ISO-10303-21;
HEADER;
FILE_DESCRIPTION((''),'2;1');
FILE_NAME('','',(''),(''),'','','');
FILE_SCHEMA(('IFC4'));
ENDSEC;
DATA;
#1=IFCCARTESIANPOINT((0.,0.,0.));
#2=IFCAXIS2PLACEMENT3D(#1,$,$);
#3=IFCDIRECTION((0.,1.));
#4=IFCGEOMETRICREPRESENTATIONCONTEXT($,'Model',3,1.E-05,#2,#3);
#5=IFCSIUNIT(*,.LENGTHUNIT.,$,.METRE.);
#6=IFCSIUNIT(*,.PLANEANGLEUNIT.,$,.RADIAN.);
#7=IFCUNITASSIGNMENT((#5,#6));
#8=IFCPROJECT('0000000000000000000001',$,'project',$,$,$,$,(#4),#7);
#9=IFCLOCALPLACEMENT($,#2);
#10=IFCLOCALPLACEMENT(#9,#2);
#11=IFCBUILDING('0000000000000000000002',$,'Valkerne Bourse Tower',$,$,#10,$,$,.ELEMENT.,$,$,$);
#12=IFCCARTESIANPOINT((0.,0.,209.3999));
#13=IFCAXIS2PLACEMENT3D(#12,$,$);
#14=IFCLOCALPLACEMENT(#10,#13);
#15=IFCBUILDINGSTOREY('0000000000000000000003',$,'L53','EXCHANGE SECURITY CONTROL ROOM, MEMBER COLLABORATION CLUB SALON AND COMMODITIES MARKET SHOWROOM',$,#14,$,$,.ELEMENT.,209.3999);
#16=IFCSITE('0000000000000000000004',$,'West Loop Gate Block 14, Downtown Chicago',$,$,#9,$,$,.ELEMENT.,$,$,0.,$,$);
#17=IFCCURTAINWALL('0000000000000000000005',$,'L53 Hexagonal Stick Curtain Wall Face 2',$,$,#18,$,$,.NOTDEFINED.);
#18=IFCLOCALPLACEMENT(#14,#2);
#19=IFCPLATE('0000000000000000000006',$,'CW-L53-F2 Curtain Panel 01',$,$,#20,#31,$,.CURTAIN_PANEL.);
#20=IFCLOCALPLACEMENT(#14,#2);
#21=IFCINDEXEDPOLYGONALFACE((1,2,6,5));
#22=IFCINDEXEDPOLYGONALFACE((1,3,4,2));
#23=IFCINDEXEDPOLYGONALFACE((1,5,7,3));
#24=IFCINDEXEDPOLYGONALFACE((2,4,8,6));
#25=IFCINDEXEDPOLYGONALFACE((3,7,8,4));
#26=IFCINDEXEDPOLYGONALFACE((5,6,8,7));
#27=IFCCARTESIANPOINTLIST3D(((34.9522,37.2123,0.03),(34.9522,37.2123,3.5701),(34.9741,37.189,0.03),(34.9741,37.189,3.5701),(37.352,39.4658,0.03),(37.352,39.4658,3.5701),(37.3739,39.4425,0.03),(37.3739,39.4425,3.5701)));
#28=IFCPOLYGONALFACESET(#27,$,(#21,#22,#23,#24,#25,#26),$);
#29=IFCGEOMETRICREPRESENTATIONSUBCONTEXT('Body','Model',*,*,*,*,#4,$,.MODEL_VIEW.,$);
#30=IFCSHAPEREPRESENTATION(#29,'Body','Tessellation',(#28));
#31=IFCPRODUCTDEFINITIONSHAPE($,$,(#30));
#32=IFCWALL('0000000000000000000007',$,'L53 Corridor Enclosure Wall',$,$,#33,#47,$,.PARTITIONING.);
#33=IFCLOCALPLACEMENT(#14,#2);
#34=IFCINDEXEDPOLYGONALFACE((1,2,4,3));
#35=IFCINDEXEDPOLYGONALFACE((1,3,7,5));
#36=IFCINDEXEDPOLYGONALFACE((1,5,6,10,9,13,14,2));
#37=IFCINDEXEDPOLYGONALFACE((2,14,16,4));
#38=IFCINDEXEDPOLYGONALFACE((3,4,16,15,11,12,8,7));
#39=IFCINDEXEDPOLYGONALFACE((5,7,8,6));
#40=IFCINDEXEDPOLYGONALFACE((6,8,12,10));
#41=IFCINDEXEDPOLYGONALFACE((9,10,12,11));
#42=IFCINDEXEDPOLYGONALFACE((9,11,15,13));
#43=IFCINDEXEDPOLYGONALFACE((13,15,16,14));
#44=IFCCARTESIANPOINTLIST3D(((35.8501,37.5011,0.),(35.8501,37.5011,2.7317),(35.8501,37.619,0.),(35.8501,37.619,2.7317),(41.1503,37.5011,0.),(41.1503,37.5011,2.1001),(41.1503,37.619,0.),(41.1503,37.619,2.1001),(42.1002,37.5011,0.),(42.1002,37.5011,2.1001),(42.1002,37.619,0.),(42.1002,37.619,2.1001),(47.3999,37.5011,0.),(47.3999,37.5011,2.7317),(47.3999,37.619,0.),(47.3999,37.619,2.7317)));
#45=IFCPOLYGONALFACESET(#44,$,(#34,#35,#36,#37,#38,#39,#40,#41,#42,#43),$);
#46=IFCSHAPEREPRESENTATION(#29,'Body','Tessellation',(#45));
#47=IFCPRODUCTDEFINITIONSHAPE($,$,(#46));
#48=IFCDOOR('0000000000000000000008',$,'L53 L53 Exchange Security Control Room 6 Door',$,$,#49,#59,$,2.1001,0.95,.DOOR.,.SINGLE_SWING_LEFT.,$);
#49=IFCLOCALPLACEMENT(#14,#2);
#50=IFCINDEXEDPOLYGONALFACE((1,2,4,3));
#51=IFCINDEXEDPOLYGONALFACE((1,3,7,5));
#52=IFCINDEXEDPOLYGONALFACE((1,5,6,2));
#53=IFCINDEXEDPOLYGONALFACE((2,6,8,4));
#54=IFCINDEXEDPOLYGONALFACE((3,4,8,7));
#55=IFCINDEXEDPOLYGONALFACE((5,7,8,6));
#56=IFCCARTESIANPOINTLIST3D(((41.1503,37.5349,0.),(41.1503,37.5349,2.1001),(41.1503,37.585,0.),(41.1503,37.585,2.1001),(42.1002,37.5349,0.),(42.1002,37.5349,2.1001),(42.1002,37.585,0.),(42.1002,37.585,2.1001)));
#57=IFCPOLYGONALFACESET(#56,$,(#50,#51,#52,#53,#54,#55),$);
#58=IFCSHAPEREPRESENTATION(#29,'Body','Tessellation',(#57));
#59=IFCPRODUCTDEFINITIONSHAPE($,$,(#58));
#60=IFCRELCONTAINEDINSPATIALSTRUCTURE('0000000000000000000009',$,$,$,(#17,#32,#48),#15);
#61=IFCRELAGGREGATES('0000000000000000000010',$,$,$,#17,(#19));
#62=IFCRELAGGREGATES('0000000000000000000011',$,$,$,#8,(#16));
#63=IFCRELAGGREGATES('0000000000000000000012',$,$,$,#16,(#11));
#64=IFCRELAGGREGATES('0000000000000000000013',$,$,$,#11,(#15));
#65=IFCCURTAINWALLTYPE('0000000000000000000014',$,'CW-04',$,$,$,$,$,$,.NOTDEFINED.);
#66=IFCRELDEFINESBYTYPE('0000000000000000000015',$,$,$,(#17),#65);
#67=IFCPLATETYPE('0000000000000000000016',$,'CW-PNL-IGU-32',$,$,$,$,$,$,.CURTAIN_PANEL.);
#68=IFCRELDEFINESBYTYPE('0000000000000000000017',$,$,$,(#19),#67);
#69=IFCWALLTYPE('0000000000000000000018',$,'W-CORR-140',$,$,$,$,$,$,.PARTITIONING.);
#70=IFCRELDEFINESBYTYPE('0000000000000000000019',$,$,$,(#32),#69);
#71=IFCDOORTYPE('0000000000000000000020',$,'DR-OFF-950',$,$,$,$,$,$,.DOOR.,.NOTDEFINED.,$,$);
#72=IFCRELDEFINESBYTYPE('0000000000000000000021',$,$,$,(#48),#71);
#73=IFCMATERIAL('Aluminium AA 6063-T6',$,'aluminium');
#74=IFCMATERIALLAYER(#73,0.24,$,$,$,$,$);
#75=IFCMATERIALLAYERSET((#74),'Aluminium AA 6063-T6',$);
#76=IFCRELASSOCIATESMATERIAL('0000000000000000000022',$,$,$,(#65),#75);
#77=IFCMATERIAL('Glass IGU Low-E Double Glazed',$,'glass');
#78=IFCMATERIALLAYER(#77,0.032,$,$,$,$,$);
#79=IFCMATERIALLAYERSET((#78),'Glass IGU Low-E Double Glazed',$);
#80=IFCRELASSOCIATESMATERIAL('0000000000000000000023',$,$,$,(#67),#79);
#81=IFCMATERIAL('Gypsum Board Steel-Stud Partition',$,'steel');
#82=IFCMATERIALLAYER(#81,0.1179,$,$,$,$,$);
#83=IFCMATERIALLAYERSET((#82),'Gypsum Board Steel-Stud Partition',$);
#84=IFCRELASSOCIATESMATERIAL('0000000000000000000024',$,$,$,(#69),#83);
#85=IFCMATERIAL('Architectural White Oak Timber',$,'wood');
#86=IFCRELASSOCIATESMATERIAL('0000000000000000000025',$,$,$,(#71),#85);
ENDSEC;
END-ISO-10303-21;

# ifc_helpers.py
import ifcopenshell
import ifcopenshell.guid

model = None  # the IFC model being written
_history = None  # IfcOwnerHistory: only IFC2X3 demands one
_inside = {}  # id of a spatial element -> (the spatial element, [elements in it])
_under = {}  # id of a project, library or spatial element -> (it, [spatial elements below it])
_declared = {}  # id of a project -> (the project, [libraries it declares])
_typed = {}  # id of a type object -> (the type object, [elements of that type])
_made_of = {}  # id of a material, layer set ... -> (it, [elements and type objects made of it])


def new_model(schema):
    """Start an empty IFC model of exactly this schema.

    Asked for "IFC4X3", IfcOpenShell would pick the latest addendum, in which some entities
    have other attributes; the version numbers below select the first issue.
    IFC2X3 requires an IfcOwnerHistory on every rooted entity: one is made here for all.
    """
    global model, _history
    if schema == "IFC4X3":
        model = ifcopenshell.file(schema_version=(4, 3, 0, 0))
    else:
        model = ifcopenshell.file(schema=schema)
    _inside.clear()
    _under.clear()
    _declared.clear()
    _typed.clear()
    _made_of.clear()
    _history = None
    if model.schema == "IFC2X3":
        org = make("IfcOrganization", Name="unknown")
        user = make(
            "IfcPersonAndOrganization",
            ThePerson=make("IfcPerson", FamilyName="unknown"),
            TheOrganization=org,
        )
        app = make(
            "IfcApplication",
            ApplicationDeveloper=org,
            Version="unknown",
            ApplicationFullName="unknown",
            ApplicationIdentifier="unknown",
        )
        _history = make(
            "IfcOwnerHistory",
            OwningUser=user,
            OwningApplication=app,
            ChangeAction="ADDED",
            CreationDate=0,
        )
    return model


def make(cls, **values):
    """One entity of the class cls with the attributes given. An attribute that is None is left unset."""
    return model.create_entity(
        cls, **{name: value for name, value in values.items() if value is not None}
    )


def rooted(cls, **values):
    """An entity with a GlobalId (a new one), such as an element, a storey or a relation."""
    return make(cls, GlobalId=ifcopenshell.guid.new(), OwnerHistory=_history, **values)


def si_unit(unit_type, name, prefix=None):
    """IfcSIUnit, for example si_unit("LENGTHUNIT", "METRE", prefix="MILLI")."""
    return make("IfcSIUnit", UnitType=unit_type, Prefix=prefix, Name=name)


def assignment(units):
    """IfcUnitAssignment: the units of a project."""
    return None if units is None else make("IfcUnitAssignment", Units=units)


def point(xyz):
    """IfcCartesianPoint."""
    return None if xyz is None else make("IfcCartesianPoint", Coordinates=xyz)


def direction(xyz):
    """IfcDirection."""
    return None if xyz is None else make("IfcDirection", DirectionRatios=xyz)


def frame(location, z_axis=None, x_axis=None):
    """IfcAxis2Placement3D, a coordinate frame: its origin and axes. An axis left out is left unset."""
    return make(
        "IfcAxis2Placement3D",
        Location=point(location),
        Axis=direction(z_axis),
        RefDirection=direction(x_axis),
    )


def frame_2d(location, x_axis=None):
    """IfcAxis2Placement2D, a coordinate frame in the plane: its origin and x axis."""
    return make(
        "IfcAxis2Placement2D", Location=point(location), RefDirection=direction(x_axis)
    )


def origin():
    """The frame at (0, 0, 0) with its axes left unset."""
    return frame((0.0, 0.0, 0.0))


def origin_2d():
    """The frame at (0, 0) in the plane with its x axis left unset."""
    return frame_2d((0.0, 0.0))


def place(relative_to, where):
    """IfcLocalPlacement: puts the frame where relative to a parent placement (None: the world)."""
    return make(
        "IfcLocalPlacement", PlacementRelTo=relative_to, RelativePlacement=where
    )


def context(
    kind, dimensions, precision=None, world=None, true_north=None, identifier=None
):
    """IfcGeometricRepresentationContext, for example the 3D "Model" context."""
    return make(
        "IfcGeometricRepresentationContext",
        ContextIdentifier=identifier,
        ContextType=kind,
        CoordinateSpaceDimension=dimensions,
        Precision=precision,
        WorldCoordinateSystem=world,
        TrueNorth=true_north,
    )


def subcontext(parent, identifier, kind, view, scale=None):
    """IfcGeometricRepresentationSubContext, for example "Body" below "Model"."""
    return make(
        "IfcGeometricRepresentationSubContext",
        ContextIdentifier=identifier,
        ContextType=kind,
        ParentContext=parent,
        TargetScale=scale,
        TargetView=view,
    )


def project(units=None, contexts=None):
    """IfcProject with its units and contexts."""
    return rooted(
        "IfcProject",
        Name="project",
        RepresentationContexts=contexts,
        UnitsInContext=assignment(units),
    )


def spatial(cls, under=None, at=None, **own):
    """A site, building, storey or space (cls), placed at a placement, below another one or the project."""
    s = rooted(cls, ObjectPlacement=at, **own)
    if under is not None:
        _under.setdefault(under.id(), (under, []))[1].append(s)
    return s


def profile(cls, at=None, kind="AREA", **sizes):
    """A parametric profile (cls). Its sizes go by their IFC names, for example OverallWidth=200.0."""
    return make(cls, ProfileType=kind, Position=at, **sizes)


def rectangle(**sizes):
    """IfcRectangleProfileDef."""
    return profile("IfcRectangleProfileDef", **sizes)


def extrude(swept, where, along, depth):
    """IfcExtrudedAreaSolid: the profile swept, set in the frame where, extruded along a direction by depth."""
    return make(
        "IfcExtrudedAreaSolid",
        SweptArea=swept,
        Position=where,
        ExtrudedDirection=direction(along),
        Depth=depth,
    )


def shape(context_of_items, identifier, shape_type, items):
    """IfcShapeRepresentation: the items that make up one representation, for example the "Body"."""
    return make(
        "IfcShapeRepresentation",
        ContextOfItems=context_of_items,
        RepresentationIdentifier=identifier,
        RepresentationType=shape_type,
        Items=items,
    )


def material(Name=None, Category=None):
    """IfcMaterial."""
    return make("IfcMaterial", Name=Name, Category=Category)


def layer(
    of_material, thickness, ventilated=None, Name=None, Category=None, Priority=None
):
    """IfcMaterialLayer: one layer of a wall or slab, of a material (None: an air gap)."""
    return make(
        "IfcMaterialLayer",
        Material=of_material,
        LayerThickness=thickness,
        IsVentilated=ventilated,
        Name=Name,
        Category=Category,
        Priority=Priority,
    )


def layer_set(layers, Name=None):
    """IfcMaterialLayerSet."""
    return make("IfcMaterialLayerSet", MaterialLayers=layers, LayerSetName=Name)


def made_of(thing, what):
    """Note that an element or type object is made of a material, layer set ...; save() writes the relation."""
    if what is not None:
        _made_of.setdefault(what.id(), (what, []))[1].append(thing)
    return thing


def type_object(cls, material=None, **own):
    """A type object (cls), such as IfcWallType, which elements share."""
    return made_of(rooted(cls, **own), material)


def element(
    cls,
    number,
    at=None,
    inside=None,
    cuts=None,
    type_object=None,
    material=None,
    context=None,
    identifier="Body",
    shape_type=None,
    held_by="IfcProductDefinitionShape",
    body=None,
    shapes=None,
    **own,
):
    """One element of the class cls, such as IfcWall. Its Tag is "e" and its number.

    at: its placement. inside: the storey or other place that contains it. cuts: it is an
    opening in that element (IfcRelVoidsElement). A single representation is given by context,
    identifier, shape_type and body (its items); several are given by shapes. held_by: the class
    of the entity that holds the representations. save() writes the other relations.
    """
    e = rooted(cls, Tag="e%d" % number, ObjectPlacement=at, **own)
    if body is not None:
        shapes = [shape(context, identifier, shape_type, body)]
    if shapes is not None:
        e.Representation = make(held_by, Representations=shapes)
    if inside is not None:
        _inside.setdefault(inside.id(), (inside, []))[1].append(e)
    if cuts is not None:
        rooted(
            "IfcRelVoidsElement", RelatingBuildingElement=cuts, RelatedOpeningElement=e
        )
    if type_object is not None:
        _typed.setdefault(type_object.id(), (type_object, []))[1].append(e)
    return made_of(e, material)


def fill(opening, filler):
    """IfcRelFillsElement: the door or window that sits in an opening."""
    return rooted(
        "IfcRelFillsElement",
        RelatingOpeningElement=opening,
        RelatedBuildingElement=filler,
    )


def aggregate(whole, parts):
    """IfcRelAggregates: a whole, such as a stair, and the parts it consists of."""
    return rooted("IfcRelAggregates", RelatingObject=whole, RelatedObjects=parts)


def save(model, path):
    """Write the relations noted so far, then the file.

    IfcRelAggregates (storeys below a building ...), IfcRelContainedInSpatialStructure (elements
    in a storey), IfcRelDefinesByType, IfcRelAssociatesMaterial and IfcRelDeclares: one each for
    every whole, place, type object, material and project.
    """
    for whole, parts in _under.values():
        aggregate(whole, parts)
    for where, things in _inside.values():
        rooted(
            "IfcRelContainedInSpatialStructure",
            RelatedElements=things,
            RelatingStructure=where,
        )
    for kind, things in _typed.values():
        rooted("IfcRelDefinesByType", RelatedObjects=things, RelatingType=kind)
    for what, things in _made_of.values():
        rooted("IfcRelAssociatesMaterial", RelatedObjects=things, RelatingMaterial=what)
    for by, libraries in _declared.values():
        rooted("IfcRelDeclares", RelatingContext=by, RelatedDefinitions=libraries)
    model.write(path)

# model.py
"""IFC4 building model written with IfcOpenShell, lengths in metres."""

from ifc_helpers import new_model, si_unit, direction, frame, frame_2d, origin, origin_2d, place, context, subcontext, project, spatial, rectangle, extrude, material, layer, layer_set, type_object, element, fill, aggregate, save


model = new_model("IFC4")

# Units and contexts
model_context = context("Model", 3, precision=1e-05, world=origin(), true_north=direction((0.0, 1.0)))
body_context = subcontext(model_context, "Body", "Model", "MODEL_VIEW")
ifc_project = project(units=[si_unit("LENGTHUNIT", "METRE"), si_unit("PLANEANGLEUNIT", "RADIAN")], contexts=[model_context])

# Site, building, storey
site_placement = place(None, origin())
site = spatial("IfcSite", under=ifc_project, at=site_placement, Name="West Loop Gate Block 14, Downtown Chicago", CompositionType="ELEMENT", RefElevation=0.0)
building_placement = place(site_placement, origin())
building = spatial("IfcBuilding", under=site, at=building_placement, Name="Valkerne Bourse Tower", CompositionType="ELEMENT")
storey_placement = place(building_placement, frame((0.0, 0.0, 209.3999)))
storey = spatial("IfcBuildingStorey", under=building, at=storey_placement, Name="L53", Description="EXCHANGE SECURITY CONTROL ROOM, MEMBER COLLABORATION CLUB SALON AND COMMODITIES MARKET SHOWROOM", CompositionType="ELEMENT", Elevation=209.3999)

# Curtain wall
ifc_material_1 = material(Name="Aluminium AA 6063-T6", Category="aluminium")
ifc_layer_1 = layer(ifc_material_1, 0.24)
ifc_layer_set_1 = layer_set([ifc_layer_1], Name="Aluminium AA 6063-T6")
curtain_wall_type = type_object("IfcCurtainWallType", Name="CW-04", PredefinedType="NOTDEFINED", material=ifc_layer_set_1)
curtain_wall_placement = place(storey_placement, origin())
curtain_wall = element("IfcCurtainWall", 1, at=curtain_wall_placement, inside=storey, type_object=curtain_wall_type, Name="L53 Hexagonal Stick Curtain Wall Face 2", PredefinedType="NOTDEFINED")

# Plate
ifc_material_2 = material(Name="Glass IGU Low-E Double Glazed", Category="glass")
ifc_layer_2 = layer(ifc_material_2, 0.032)
ifc_layer_set_2 = layer_set([ifc_layer_2], Name="Glass IGU Low-E Double Glazed")
plate_type = type_object("IfcPlateType", Name="CW-PNL-IGU-32", PredefinedType="CURTAIN_PANEL", material=ifc_layer_set_2)
plate_1_placement = place(storey_placement, frame((36.1631, 38.3274, 0.03), z_axis=(0.0, 0.0, 1.0), x_axis=(-0.728979, -0.684536, 0.0)))
plate_1 = element("IfcPlate", 2, at=plate_1_placement, type_object=plate_type, Name="CW-L53-F2 Curtain Panel 01", PredefinedType="CURTAIN_PANEL", context=body_context, shape_type="SweptSolid", body=[
    extrude(rectangle(XDim=3.292, YDim=0.032, at=origin_2d()), origin(), (0.0, 0.0, 1.0), 3.54),
])
aggregate(curtain_wall, [plate_1])

# Wall, opening, door
ifc_material_3 = material(Name="Gypsum Board Steel-Stud Partition", Category="steel")
ifc_layer_3 = layer(ifc_material_3, 0.1179)
ifc_layer_set_3 = layer_set([ifc_layer_3], Name="Gypsum Board Steel-Stud Partition")
wall_type = type_object("IfcWallType", Name="W-CORR-140", PredefinedType="PARTITIONING", material=ifc_layer_set_3)
wall_placement = place(storey_placement, frame((35.8501, 37.5601, 0.0), z_axis=(0.0, 0.0, 1.0), x_axis=(1.0, 0.0, 0.0)))
wall = element("IfcWall", 3, at=wall_placement, inside=storey, type_object=wall_type, Name="L53 Corridor Enclosure Wall", PredefinedType="PARTITIONING", context=body_context, shape_type="SweptSolid", body=[
    extrude(rectangle(XDim=11.5498, YDim=0.1179, at=frame_2d((5.7749, 0.0))), origin(), (0.0, 0.0, 1.0), 2.7317),
])
opening_placement = place(wall_placement, frame((5.3, 0.0, 0.0)))
opening = element("IfcOpeningElement", 4, at=opening_placement, cuts=wall, PredefinedType="OPENING", context=body_context, shape_type="SweptSolid", body=[
    extrude(rectangle(XDim=0.95, YDim=2.1001, at=frame_2d((0.4751, 1.05))), frame((0.0, 0.0688, 0.0), z_axis=(0.0, -1.0, 0.0), x_axis=(1.0, 0.0, 0.0)), (0.0, 0.0, 1.0), 0.1379),
])
ifc_material_4 = material(Name="Architectural White Oak Timber", Category="wood")
door_type = type_object("IfcDoorType", Name="DR-OFF-950", OperationType="NOTDEFINED", PredefinedType="DOOR", material=ifc_material_4)
door_placement = place(opening_placement, origin())
door = element("IfcDoor", 5, at=door_placement, inside=storey, type_object=door_type, Name="L53 L53 Exchange Security Control Room 6 Door", OperationType="SINGLE_SWING_LEFT", OverallHeight=2.1001, OverallWidth=0.95, PredefinedType="DOOR", context=body_context, shape_type="SweptSolid", body=[
    extrude(rectangle(XDim=0.95, YDim=2.1001, at=frame_2d((0.4751, 1.05))), frame((0.0, 0.0249, 0.0), z_axis=(0.0, -1.0, 0.0), x_axis=(1.0, 0.0, 0.0)), (0.0, 0.0, 1.0), 0.05),
])
fill(opening, door)

save(model, "model.ifc")
